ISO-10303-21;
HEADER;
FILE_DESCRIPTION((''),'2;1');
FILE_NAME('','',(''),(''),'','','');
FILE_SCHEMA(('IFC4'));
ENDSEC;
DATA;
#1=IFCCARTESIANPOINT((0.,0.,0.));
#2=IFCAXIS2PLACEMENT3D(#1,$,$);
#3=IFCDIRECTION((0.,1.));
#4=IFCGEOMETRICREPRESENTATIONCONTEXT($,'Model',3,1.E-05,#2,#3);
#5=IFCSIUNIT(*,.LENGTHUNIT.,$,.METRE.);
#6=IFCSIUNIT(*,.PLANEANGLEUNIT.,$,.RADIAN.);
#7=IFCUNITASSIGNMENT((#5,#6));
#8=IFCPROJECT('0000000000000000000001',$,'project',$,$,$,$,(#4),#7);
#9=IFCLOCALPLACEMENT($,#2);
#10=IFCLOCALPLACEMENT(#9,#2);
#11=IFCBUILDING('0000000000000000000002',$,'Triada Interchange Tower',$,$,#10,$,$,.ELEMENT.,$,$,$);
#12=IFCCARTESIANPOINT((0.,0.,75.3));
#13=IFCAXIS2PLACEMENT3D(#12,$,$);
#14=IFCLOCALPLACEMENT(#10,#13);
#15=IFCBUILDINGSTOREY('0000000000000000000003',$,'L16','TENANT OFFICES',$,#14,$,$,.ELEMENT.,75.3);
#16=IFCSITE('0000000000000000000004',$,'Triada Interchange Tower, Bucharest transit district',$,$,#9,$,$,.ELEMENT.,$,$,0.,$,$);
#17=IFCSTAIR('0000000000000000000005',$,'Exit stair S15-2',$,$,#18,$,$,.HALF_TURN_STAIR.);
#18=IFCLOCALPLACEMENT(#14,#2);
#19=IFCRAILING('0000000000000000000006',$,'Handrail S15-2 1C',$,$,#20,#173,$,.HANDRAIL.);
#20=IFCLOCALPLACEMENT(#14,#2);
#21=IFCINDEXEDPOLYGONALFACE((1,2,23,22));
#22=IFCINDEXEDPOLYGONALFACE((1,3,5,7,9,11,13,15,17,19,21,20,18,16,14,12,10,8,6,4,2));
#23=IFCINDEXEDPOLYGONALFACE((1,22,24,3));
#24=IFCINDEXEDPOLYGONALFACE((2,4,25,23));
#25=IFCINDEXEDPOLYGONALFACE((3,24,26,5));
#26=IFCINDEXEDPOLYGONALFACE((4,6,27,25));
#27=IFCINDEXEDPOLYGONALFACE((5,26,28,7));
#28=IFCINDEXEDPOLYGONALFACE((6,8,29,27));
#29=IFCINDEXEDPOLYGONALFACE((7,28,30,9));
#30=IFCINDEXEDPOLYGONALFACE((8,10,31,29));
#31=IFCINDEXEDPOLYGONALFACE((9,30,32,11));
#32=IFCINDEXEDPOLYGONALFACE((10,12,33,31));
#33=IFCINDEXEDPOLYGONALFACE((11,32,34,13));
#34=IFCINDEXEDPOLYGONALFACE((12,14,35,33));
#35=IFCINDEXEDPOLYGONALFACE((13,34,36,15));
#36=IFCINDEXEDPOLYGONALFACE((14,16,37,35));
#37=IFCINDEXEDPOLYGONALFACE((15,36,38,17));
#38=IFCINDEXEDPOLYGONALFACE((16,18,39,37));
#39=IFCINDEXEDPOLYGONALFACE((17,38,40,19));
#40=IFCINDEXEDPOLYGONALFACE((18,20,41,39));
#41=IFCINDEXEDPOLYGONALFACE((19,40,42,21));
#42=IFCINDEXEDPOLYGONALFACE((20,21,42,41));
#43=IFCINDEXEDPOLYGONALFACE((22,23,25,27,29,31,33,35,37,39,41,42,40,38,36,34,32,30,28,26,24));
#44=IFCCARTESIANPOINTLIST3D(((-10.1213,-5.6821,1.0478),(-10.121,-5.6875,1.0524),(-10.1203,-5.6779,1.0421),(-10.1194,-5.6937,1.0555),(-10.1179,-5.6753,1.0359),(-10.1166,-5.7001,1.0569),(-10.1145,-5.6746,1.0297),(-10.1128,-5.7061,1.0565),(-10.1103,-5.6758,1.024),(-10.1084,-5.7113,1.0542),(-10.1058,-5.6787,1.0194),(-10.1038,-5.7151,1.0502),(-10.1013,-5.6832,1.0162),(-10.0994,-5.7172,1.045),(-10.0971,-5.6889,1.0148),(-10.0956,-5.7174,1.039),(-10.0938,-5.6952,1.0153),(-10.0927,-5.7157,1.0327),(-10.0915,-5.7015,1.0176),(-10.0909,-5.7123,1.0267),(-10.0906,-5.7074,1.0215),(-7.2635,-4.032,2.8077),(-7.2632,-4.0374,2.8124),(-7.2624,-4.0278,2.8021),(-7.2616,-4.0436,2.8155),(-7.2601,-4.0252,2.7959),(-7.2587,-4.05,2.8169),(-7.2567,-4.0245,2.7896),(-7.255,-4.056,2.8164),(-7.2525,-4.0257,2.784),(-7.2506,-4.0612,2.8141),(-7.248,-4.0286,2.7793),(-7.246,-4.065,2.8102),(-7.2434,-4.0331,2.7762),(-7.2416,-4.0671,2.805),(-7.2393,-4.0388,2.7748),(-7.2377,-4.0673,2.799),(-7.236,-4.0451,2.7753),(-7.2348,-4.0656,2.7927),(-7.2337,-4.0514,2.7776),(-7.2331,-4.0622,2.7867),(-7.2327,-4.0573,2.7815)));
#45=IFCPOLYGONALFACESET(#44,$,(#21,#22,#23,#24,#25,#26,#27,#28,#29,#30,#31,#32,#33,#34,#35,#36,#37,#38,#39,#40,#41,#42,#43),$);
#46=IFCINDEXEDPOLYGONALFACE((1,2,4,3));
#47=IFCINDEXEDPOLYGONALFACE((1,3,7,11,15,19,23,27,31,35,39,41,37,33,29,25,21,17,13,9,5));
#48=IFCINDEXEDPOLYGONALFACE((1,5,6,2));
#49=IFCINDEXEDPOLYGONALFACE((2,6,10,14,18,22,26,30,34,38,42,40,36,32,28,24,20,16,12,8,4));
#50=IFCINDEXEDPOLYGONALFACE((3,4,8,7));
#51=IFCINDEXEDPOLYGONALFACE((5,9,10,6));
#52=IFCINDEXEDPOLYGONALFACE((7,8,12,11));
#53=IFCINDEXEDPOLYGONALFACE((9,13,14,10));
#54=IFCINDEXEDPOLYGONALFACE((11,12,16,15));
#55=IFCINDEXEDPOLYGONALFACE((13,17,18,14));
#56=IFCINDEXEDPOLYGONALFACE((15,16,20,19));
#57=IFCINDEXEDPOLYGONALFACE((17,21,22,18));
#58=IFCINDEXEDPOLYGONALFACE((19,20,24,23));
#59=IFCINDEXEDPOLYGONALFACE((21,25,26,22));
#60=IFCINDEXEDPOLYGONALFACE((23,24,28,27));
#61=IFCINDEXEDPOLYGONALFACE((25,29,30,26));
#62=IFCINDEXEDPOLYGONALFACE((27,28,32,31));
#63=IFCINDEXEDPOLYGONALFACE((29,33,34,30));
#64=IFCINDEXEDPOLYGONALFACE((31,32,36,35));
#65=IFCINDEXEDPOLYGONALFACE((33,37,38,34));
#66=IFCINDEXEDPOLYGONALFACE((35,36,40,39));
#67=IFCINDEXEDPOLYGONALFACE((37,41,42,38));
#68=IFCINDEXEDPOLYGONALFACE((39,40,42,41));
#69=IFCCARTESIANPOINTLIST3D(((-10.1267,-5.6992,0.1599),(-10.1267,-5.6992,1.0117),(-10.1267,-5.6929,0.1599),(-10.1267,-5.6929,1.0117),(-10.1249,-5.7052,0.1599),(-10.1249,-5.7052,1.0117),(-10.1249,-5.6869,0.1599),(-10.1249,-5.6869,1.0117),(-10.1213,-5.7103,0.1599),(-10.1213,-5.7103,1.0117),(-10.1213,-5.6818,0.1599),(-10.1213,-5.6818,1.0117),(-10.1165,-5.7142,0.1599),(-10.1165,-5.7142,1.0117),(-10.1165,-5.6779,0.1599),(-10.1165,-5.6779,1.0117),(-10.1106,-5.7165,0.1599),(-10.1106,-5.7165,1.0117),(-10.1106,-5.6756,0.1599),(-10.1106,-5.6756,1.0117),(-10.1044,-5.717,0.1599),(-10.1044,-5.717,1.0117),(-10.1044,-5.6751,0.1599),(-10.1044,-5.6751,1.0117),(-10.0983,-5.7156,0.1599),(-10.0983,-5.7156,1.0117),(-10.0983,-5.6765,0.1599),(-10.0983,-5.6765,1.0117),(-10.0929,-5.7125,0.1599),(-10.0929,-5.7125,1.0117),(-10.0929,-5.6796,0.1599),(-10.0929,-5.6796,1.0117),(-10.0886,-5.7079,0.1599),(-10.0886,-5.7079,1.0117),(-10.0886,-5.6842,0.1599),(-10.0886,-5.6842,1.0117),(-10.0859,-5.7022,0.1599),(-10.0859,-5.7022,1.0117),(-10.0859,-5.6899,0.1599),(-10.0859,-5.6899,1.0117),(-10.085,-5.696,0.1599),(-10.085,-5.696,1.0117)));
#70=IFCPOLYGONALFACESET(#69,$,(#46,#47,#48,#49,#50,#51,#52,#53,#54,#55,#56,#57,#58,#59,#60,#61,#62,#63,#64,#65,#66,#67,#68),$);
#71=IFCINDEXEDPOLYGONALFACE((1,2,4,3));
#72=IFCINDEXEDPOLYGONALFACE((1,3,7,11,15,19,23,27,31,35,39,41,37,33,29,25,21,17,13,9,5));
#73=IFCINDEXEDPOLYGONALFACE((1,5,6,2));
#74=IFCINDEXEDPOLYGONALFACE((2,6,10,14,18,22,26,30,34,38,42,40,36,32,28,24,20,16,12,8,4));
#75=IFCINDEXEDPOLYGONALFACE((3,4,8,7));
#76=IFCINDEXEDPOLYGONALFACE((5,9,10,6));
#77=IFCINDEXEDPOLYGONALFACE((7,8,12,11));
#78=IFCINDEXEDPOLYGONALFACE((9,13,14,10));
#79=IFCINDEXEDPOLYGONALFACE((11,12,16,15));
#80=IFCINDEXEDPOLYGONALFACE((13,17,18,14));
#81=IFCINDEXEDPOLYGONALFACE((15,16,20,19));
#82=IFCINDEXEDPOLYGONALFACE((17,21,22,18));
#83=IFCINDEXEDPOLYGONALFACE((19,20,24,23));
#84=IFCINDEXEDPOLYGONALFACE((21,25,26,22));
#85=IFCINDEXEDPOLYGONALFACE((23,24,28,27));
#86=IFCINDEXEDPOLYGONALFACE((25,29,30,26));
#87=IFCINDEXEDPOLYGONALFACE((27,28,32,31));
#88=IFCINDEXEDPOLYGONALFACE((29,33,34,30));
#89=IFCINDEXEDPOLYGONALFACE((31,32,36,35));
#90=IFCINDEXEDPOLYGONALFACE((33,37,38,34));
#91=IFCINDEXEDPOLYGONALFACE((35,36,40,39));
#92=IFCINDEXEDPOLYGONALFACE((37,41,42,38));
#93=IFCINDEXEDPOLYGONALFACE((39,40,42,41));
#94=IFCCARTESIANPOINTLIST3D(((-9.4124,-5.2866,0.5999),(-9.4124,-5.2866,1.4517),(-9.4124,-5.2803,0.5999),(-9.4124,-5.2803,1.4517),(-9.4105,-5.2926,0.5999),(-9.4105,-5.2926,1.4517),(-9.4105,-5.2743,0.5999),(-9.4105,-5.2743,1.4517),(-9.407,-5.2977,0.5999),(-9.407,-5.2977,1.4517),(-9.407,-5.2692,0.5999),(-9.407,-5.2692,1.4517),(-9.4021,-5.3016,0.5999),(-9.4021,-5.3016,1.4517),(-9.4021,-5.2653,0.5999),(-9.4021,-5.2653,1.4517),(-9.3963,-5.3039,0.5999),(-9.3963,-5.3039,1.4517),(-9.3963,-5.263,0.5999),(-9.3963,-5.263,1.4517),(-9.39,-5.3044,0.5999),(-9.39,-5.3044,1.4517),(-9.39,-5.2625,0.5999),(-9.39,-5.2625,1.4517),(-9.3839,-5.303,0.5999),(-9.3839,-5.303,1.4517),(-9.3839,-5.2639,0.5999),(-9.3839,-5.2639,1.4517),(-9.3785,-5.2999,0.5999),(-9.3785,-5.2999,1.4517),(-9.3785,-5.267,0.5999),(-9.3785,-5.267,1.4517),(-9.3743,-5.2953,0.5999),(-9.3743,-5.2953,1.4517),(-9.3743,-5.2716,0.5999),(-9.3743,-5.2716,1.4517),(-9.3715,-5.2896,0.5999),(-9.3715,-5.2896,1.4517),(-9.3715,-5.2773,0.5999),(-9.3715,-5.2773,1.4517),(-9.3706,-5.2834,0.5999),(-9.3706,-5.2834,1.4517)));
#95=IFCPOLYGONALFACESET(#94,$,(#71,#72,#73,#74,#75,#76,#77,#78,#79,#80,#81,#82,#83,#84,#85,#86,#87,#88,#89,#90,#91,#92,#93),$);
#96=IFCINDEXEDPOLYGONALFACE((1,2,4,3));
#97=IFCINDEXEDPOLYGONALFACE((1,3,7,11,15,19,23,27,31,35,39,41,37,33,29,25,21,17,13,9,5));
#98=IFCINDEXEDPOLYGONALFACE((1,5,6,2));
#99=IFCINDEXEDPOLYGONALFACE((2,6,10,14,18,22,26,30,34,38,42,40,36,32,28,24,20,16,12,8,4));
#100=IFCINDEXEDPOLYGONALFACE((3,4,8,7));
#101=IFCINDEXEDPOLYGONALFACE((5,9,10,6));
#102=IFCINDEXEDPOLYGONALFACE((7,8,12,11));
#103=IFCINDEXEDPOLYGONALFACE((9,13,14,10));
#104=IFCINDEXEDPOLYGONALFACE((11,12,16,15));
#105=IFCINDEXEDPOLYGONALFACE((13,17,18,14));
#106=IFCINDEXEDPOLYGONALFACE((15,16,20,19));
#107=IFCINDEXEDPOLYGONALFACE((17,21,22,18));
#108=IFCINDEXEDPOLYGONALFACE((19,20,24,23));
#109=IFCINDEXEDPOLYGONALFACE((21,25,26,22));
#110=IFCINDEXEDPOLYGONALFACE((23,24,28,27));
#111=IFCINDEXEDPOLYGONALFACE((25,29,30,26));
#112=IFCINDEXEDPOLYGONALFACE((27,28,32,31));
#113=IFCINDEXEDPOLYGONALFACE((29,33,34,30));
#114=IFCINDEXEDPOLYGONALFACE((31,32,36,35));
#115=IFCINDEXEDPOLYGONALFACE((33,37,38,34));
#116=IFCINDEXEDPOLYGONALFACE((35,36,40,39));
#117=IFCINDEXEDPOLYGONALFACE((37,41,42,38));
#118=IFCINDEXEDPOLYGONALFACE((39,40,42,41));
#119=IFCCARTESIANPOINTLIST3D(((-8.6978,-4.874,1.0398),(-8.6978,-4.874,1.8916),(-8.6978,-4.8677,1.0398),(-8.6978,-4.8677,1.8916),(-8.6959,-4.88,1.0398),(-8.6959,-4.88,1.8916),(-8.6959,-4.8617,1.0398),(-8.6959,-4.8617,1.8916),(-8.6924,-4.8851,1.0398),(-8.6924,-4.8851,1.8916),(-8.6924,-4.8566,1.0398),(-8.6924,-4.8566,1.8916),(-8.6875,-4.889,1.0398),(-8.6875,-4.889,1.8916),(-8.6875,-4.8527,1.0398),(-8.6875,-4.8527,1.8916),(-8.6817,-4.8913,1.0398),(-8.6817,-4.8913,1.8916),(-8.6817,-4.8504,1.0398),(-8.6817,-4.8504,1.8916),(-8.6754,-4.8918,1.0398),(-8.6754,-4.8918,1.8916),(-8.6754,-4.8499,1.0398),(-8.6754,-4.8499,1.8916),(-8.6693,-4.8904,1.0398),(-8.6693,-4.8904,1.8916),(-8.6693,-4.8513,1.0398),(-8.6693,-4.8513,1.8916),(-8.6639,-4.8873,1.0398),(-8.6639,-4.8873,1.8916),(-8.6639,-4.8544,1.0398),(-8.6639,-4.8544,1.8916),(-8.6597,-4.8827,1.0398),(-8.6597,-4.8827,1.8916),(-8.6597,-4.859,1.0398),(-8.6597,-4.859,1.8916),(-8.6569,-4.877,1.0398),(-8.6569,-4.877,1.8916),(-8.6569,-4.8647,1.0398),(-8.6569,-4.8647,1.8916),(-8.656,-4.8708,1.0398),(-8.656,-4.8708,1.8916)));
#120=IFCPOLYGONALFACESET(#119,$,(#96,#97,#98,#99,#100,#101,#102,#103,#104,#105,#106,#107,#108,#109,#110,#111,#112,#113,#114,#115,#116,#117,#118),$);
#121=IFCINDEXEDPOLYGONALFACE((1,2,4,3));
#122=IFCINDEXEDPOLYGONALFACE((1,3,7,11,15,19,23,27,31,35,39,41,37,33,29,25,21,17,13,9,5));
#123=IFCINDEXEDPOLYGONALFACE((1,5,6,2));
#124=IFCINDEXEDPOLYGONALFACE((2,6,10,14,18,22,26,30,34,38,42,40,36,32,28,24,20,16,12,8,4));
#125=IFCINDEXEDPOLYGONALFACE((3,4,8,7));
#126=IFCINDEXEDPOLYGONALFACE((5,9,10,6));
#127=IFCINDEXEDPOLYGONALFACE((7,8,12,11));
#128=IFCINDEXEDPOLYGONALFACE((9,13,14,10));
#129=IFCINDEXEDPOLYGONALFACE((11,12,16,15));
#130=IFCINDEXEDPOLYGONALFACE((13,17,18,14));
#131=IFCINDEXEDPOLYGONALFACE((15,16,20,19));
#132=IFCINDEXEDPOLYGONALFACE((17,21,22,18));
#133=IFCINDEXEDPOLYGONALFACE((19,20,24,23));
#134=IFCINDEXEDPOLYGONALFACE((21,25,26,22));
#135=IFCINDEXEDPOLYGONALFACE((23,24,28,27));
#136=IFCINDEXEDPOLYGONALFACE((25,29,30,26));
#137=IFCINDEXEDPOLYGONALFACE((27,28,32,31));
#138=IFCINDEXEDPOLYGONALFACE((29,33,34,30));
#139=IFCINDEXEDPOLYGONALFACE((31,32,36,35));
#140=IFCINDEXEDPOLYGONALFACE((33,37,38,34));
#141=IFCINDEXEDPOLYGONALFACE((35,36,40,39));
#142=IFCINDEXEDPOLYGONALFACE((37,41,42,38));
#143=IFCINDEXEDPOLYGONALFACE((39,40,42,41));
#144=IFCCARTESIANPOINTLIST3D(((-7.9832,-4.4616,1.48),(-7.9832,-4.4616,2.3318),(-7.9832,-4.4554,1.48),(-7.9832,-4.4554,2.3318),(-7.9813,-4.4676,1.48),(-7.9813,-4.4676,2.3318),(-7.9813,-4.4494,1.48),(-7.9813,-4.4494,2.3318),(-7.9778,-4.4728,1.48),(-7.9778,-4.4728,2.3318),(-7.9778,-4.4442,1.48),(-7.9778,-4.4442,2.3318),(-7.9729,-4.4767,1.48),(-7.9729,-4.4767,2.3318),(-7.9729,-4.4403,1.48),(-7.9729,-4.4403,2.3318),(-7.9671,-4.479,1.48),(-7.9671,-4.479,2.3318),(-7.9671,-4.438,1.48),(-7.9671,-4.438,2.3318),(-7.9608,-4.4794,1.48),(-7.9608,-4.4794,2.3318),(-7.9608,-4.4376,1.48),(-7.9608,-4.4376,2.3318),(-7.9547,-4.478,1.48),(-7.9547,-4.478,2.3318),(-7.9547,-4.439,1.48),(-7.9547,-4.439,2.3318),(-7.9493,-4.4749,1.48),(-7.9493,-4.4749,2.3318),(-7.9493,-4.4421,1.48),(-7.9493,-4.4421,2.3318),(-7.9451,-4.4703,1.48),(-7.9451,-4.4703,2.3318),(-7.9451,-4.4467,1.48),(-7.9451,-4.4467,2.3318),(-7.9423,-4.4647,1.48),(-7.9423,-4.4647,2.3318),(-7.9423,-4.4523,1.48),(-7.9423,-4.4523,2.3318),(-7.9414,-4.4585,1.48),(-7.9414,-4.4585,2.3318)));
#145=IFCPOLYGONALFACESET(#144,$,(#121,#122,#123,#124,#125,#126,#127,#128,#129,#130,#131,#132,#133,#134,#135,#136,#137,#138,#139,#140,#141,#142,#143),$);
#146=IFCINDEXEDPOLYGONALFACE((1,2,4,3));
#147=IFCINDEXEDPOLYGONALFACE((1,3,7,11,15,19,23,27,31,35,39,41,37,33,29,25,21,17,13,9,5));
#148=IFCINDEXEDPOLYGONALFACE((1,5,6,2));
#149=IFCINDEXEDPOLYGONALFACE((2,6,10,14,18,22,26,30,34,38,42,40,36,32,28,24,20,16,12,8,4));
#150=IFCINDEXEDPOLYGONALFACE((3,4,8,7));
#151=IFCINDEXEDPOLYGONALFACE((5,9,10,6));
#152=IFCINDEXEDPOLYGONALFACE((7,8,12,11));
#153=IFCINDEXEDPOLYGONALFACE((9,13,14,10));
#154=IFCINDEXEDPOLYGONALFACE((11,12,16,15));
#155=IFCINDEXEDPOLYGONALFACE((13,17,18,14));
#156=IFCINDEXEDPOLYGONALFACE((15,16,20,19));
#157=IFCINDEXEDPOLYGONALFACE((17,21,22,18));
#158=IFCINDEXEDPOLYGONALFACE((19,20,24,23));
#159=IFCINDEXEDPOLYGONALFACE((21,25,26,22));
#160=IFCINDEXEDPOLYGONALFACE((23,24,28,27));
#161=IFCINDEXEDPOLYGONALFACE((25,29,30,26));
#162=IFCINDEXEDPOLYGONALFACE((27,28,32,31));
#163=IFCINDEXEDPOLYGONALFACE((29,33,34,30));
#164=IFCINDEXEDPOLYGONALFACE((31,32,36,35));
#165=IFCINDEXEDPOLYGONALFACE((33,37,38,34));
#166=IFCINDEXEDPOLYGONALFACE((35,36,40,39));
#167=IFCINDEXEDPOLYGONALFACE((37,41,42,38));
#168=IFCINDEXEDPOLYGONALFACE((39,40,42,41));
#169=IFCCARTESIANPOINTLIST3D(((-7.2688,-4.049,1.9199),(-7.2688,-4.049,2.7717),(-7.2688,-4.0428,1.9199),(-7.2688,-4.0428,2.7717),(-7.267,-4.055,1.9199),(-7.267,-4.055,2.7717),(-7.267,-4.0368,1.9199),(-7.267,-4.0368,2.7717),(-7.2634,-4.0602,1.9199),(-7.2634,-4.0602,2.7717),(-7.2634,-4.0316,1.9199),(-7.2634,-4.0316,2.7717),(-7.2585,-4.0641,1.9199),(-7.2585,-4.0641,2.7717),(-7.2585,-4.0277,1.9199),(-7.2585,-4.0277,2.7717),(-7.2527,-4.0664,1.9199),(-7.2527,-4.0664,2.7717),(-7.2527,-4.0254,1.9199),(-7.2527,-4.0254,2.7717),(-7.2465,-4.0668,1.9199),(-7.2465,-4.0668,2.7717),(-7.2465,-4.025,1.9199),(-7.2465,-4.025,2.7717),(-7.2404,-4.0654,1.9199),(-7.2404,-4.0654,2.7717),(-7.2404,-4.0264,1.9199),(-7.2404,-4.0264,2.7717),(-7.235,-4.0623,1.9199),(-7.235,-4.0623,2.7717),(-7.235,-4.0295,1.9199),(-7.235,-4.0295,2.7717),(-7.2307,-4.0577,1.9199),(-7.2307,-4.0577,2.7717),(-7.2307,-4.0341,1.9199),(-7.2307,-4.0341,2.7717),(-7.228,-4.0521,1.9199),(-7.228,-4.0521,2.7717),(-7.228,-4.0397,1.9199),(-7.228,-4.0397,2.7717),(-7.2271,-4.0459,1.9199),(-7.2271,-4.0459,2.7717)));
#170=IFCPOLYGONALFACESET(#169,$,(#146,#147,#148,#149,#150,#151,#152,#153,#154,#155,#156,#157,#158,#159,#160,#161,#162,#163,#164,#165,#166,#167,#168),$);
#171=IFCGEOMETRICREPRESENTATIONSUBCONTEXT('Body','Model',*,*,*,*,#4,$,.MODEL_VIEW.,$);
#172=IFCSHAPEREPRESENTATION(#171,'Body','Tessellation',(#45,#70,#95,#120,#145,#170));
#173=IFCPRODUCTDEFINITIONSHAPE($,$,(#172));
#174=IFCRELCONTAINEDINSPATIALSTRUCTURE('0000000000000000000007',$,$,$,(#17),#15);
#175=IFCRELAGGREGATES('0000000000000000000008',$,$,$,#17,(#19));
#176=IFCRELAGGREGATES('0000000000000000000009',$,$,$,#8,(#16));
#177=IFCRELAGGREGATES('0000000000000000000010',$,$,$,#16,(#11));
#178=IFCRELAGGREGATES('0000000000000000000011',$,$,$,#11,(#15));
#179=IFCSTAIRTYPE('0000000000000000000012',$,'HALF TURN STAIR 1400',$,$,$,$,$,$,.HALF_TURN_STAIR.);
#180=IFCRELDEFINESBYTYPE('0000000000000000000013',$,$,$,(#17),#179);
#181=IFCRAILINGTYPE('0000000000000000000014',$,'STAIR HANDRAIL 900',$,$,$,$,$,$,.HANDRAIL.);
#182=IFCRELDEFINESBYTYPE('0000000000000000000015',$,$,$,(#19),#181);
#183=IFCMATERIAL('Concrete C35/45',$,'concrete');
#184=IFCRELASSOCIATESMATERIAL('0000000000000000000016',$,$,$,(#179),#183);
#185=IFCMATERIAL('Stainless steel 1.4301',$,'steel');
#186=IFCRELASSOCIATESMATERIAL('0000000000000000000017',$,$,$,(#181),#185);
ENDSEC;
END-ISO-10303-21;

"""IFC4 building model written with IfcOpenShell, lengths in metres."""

from ifc_helpers import new_model, si_unit, direction, frame, origin, origin_2d, place, context, subcontext, project, spatial, circle, extrude, material, type_object, element, aggregate, save


model = new_model("IFC4")

# Units and contexts
model_context = context("Model", 3, precision=1e-05, world=origin(), true_north=direction((0.0, 1.0)))
body_context = subcontext(model_context, "Body", "Model", "MODEL_VIEW")
ifc_project = project(units=[si_unit("LENGTHUNIT", "METRE"), si_unit("PLANEANGLEUNIT", "RADIAN")], contexts=[model_context])

# Site, building, storey
site_placement = place(None, origin())
site = spatial("IfcSite", under=ifc_project, at=site_placement, Name="Triada Interchange Tower, Bucharest transit district", CompositionType="ELEMENT", RefElevation=0.0)
building_placement = place(site_placement, origin())
building = spatial("IfcBuilding", under=site, at=building_placement, Name="Triada Interchange Tower", CompositionType="ELEMENT")
storey_placement = place(building_placement, frame((0.0, 0.0, 75.3)))
storey = spatial("IfcBuildingStorey", under=building, at=storey_placement, Name="L16", Description="TENANT OFFICES", CompositionType="ELEMENT", Elevation=75.3)

# Stair, railing
ifc_material_1 = material(Name="Concrete C35/45", Category="concrete")
stair_type = type_object("IfcStairType", Name="HALF TURN STAIR 1400", PredefinedType="HALF_TURN_STAIR", material=ifc_material_1)
stair_placement = place(storey_placement, origin())
stair = element("IfcStair", 1, at=stair_placement, inside=storey, type_object=stair_type, Name="Exit stair S15-2", PredefinedType="HALF_TURN_STAIR")
ifc_material_2 = material(Name="Stainless steel 1.4301", Category="steel")
railing_type = type_object("IfcRailingType", Name="STAIR HANDRAIL 900", PredefinedType="HANDRAIL", material=ifc_material_2)
railing_1_placement = place(storey_placement, frame((-10.106, -5.696, 0.1599)))
railing_1 = element("IfcRailing", 2, at=railing_1_placement, type_object=railing_type, Name="Handrail S15-2 1C", PredefinedType="HANDRAIL", context=body_context, shape_type="SweptSolid", body=[
    extrude(circle(Radius=0.0239, at=origin_2d()), frame((0.0, 0.0, 0.876), z_axis=(0.764129, 0.441205, 0.47058), x_axis=(-0.50003, 0.866008, 0.0)), (0.0, 0.0, 1.0), 3.74),
    extrude(circle(Radius=0.021, at=origin_2d()), origin(), (0.0, 0.0, 1.0), 0.8518),
    extrude(circle(Radius=0.021, at=origin_2d()), frame((0.7144, 0.4126, 0.4399)), (0.0, 0.0, 1.0), 0.8518),
    extrude(circle(Radius=0.021, at=origin_2d()), frame((1.429, 0.8252, 0.8799)), (0.0, 0.0, 1.0), 0.8518),
    extrude(circle(Radius=0.021, at=origin_2d()), frame((2.1436, 1.2375, 1.3201)), (0.0, 0.0, 1.0), 0.8518),
    extrude(circle(Radius=0.021, at=origin_2d()), frame((2.8579, 1.6501, 1.76)), (0.0, 0.0, 1.0), 0.8518),
])
aggregate(stair, [railing_1])

save(model, "model.ifc")
